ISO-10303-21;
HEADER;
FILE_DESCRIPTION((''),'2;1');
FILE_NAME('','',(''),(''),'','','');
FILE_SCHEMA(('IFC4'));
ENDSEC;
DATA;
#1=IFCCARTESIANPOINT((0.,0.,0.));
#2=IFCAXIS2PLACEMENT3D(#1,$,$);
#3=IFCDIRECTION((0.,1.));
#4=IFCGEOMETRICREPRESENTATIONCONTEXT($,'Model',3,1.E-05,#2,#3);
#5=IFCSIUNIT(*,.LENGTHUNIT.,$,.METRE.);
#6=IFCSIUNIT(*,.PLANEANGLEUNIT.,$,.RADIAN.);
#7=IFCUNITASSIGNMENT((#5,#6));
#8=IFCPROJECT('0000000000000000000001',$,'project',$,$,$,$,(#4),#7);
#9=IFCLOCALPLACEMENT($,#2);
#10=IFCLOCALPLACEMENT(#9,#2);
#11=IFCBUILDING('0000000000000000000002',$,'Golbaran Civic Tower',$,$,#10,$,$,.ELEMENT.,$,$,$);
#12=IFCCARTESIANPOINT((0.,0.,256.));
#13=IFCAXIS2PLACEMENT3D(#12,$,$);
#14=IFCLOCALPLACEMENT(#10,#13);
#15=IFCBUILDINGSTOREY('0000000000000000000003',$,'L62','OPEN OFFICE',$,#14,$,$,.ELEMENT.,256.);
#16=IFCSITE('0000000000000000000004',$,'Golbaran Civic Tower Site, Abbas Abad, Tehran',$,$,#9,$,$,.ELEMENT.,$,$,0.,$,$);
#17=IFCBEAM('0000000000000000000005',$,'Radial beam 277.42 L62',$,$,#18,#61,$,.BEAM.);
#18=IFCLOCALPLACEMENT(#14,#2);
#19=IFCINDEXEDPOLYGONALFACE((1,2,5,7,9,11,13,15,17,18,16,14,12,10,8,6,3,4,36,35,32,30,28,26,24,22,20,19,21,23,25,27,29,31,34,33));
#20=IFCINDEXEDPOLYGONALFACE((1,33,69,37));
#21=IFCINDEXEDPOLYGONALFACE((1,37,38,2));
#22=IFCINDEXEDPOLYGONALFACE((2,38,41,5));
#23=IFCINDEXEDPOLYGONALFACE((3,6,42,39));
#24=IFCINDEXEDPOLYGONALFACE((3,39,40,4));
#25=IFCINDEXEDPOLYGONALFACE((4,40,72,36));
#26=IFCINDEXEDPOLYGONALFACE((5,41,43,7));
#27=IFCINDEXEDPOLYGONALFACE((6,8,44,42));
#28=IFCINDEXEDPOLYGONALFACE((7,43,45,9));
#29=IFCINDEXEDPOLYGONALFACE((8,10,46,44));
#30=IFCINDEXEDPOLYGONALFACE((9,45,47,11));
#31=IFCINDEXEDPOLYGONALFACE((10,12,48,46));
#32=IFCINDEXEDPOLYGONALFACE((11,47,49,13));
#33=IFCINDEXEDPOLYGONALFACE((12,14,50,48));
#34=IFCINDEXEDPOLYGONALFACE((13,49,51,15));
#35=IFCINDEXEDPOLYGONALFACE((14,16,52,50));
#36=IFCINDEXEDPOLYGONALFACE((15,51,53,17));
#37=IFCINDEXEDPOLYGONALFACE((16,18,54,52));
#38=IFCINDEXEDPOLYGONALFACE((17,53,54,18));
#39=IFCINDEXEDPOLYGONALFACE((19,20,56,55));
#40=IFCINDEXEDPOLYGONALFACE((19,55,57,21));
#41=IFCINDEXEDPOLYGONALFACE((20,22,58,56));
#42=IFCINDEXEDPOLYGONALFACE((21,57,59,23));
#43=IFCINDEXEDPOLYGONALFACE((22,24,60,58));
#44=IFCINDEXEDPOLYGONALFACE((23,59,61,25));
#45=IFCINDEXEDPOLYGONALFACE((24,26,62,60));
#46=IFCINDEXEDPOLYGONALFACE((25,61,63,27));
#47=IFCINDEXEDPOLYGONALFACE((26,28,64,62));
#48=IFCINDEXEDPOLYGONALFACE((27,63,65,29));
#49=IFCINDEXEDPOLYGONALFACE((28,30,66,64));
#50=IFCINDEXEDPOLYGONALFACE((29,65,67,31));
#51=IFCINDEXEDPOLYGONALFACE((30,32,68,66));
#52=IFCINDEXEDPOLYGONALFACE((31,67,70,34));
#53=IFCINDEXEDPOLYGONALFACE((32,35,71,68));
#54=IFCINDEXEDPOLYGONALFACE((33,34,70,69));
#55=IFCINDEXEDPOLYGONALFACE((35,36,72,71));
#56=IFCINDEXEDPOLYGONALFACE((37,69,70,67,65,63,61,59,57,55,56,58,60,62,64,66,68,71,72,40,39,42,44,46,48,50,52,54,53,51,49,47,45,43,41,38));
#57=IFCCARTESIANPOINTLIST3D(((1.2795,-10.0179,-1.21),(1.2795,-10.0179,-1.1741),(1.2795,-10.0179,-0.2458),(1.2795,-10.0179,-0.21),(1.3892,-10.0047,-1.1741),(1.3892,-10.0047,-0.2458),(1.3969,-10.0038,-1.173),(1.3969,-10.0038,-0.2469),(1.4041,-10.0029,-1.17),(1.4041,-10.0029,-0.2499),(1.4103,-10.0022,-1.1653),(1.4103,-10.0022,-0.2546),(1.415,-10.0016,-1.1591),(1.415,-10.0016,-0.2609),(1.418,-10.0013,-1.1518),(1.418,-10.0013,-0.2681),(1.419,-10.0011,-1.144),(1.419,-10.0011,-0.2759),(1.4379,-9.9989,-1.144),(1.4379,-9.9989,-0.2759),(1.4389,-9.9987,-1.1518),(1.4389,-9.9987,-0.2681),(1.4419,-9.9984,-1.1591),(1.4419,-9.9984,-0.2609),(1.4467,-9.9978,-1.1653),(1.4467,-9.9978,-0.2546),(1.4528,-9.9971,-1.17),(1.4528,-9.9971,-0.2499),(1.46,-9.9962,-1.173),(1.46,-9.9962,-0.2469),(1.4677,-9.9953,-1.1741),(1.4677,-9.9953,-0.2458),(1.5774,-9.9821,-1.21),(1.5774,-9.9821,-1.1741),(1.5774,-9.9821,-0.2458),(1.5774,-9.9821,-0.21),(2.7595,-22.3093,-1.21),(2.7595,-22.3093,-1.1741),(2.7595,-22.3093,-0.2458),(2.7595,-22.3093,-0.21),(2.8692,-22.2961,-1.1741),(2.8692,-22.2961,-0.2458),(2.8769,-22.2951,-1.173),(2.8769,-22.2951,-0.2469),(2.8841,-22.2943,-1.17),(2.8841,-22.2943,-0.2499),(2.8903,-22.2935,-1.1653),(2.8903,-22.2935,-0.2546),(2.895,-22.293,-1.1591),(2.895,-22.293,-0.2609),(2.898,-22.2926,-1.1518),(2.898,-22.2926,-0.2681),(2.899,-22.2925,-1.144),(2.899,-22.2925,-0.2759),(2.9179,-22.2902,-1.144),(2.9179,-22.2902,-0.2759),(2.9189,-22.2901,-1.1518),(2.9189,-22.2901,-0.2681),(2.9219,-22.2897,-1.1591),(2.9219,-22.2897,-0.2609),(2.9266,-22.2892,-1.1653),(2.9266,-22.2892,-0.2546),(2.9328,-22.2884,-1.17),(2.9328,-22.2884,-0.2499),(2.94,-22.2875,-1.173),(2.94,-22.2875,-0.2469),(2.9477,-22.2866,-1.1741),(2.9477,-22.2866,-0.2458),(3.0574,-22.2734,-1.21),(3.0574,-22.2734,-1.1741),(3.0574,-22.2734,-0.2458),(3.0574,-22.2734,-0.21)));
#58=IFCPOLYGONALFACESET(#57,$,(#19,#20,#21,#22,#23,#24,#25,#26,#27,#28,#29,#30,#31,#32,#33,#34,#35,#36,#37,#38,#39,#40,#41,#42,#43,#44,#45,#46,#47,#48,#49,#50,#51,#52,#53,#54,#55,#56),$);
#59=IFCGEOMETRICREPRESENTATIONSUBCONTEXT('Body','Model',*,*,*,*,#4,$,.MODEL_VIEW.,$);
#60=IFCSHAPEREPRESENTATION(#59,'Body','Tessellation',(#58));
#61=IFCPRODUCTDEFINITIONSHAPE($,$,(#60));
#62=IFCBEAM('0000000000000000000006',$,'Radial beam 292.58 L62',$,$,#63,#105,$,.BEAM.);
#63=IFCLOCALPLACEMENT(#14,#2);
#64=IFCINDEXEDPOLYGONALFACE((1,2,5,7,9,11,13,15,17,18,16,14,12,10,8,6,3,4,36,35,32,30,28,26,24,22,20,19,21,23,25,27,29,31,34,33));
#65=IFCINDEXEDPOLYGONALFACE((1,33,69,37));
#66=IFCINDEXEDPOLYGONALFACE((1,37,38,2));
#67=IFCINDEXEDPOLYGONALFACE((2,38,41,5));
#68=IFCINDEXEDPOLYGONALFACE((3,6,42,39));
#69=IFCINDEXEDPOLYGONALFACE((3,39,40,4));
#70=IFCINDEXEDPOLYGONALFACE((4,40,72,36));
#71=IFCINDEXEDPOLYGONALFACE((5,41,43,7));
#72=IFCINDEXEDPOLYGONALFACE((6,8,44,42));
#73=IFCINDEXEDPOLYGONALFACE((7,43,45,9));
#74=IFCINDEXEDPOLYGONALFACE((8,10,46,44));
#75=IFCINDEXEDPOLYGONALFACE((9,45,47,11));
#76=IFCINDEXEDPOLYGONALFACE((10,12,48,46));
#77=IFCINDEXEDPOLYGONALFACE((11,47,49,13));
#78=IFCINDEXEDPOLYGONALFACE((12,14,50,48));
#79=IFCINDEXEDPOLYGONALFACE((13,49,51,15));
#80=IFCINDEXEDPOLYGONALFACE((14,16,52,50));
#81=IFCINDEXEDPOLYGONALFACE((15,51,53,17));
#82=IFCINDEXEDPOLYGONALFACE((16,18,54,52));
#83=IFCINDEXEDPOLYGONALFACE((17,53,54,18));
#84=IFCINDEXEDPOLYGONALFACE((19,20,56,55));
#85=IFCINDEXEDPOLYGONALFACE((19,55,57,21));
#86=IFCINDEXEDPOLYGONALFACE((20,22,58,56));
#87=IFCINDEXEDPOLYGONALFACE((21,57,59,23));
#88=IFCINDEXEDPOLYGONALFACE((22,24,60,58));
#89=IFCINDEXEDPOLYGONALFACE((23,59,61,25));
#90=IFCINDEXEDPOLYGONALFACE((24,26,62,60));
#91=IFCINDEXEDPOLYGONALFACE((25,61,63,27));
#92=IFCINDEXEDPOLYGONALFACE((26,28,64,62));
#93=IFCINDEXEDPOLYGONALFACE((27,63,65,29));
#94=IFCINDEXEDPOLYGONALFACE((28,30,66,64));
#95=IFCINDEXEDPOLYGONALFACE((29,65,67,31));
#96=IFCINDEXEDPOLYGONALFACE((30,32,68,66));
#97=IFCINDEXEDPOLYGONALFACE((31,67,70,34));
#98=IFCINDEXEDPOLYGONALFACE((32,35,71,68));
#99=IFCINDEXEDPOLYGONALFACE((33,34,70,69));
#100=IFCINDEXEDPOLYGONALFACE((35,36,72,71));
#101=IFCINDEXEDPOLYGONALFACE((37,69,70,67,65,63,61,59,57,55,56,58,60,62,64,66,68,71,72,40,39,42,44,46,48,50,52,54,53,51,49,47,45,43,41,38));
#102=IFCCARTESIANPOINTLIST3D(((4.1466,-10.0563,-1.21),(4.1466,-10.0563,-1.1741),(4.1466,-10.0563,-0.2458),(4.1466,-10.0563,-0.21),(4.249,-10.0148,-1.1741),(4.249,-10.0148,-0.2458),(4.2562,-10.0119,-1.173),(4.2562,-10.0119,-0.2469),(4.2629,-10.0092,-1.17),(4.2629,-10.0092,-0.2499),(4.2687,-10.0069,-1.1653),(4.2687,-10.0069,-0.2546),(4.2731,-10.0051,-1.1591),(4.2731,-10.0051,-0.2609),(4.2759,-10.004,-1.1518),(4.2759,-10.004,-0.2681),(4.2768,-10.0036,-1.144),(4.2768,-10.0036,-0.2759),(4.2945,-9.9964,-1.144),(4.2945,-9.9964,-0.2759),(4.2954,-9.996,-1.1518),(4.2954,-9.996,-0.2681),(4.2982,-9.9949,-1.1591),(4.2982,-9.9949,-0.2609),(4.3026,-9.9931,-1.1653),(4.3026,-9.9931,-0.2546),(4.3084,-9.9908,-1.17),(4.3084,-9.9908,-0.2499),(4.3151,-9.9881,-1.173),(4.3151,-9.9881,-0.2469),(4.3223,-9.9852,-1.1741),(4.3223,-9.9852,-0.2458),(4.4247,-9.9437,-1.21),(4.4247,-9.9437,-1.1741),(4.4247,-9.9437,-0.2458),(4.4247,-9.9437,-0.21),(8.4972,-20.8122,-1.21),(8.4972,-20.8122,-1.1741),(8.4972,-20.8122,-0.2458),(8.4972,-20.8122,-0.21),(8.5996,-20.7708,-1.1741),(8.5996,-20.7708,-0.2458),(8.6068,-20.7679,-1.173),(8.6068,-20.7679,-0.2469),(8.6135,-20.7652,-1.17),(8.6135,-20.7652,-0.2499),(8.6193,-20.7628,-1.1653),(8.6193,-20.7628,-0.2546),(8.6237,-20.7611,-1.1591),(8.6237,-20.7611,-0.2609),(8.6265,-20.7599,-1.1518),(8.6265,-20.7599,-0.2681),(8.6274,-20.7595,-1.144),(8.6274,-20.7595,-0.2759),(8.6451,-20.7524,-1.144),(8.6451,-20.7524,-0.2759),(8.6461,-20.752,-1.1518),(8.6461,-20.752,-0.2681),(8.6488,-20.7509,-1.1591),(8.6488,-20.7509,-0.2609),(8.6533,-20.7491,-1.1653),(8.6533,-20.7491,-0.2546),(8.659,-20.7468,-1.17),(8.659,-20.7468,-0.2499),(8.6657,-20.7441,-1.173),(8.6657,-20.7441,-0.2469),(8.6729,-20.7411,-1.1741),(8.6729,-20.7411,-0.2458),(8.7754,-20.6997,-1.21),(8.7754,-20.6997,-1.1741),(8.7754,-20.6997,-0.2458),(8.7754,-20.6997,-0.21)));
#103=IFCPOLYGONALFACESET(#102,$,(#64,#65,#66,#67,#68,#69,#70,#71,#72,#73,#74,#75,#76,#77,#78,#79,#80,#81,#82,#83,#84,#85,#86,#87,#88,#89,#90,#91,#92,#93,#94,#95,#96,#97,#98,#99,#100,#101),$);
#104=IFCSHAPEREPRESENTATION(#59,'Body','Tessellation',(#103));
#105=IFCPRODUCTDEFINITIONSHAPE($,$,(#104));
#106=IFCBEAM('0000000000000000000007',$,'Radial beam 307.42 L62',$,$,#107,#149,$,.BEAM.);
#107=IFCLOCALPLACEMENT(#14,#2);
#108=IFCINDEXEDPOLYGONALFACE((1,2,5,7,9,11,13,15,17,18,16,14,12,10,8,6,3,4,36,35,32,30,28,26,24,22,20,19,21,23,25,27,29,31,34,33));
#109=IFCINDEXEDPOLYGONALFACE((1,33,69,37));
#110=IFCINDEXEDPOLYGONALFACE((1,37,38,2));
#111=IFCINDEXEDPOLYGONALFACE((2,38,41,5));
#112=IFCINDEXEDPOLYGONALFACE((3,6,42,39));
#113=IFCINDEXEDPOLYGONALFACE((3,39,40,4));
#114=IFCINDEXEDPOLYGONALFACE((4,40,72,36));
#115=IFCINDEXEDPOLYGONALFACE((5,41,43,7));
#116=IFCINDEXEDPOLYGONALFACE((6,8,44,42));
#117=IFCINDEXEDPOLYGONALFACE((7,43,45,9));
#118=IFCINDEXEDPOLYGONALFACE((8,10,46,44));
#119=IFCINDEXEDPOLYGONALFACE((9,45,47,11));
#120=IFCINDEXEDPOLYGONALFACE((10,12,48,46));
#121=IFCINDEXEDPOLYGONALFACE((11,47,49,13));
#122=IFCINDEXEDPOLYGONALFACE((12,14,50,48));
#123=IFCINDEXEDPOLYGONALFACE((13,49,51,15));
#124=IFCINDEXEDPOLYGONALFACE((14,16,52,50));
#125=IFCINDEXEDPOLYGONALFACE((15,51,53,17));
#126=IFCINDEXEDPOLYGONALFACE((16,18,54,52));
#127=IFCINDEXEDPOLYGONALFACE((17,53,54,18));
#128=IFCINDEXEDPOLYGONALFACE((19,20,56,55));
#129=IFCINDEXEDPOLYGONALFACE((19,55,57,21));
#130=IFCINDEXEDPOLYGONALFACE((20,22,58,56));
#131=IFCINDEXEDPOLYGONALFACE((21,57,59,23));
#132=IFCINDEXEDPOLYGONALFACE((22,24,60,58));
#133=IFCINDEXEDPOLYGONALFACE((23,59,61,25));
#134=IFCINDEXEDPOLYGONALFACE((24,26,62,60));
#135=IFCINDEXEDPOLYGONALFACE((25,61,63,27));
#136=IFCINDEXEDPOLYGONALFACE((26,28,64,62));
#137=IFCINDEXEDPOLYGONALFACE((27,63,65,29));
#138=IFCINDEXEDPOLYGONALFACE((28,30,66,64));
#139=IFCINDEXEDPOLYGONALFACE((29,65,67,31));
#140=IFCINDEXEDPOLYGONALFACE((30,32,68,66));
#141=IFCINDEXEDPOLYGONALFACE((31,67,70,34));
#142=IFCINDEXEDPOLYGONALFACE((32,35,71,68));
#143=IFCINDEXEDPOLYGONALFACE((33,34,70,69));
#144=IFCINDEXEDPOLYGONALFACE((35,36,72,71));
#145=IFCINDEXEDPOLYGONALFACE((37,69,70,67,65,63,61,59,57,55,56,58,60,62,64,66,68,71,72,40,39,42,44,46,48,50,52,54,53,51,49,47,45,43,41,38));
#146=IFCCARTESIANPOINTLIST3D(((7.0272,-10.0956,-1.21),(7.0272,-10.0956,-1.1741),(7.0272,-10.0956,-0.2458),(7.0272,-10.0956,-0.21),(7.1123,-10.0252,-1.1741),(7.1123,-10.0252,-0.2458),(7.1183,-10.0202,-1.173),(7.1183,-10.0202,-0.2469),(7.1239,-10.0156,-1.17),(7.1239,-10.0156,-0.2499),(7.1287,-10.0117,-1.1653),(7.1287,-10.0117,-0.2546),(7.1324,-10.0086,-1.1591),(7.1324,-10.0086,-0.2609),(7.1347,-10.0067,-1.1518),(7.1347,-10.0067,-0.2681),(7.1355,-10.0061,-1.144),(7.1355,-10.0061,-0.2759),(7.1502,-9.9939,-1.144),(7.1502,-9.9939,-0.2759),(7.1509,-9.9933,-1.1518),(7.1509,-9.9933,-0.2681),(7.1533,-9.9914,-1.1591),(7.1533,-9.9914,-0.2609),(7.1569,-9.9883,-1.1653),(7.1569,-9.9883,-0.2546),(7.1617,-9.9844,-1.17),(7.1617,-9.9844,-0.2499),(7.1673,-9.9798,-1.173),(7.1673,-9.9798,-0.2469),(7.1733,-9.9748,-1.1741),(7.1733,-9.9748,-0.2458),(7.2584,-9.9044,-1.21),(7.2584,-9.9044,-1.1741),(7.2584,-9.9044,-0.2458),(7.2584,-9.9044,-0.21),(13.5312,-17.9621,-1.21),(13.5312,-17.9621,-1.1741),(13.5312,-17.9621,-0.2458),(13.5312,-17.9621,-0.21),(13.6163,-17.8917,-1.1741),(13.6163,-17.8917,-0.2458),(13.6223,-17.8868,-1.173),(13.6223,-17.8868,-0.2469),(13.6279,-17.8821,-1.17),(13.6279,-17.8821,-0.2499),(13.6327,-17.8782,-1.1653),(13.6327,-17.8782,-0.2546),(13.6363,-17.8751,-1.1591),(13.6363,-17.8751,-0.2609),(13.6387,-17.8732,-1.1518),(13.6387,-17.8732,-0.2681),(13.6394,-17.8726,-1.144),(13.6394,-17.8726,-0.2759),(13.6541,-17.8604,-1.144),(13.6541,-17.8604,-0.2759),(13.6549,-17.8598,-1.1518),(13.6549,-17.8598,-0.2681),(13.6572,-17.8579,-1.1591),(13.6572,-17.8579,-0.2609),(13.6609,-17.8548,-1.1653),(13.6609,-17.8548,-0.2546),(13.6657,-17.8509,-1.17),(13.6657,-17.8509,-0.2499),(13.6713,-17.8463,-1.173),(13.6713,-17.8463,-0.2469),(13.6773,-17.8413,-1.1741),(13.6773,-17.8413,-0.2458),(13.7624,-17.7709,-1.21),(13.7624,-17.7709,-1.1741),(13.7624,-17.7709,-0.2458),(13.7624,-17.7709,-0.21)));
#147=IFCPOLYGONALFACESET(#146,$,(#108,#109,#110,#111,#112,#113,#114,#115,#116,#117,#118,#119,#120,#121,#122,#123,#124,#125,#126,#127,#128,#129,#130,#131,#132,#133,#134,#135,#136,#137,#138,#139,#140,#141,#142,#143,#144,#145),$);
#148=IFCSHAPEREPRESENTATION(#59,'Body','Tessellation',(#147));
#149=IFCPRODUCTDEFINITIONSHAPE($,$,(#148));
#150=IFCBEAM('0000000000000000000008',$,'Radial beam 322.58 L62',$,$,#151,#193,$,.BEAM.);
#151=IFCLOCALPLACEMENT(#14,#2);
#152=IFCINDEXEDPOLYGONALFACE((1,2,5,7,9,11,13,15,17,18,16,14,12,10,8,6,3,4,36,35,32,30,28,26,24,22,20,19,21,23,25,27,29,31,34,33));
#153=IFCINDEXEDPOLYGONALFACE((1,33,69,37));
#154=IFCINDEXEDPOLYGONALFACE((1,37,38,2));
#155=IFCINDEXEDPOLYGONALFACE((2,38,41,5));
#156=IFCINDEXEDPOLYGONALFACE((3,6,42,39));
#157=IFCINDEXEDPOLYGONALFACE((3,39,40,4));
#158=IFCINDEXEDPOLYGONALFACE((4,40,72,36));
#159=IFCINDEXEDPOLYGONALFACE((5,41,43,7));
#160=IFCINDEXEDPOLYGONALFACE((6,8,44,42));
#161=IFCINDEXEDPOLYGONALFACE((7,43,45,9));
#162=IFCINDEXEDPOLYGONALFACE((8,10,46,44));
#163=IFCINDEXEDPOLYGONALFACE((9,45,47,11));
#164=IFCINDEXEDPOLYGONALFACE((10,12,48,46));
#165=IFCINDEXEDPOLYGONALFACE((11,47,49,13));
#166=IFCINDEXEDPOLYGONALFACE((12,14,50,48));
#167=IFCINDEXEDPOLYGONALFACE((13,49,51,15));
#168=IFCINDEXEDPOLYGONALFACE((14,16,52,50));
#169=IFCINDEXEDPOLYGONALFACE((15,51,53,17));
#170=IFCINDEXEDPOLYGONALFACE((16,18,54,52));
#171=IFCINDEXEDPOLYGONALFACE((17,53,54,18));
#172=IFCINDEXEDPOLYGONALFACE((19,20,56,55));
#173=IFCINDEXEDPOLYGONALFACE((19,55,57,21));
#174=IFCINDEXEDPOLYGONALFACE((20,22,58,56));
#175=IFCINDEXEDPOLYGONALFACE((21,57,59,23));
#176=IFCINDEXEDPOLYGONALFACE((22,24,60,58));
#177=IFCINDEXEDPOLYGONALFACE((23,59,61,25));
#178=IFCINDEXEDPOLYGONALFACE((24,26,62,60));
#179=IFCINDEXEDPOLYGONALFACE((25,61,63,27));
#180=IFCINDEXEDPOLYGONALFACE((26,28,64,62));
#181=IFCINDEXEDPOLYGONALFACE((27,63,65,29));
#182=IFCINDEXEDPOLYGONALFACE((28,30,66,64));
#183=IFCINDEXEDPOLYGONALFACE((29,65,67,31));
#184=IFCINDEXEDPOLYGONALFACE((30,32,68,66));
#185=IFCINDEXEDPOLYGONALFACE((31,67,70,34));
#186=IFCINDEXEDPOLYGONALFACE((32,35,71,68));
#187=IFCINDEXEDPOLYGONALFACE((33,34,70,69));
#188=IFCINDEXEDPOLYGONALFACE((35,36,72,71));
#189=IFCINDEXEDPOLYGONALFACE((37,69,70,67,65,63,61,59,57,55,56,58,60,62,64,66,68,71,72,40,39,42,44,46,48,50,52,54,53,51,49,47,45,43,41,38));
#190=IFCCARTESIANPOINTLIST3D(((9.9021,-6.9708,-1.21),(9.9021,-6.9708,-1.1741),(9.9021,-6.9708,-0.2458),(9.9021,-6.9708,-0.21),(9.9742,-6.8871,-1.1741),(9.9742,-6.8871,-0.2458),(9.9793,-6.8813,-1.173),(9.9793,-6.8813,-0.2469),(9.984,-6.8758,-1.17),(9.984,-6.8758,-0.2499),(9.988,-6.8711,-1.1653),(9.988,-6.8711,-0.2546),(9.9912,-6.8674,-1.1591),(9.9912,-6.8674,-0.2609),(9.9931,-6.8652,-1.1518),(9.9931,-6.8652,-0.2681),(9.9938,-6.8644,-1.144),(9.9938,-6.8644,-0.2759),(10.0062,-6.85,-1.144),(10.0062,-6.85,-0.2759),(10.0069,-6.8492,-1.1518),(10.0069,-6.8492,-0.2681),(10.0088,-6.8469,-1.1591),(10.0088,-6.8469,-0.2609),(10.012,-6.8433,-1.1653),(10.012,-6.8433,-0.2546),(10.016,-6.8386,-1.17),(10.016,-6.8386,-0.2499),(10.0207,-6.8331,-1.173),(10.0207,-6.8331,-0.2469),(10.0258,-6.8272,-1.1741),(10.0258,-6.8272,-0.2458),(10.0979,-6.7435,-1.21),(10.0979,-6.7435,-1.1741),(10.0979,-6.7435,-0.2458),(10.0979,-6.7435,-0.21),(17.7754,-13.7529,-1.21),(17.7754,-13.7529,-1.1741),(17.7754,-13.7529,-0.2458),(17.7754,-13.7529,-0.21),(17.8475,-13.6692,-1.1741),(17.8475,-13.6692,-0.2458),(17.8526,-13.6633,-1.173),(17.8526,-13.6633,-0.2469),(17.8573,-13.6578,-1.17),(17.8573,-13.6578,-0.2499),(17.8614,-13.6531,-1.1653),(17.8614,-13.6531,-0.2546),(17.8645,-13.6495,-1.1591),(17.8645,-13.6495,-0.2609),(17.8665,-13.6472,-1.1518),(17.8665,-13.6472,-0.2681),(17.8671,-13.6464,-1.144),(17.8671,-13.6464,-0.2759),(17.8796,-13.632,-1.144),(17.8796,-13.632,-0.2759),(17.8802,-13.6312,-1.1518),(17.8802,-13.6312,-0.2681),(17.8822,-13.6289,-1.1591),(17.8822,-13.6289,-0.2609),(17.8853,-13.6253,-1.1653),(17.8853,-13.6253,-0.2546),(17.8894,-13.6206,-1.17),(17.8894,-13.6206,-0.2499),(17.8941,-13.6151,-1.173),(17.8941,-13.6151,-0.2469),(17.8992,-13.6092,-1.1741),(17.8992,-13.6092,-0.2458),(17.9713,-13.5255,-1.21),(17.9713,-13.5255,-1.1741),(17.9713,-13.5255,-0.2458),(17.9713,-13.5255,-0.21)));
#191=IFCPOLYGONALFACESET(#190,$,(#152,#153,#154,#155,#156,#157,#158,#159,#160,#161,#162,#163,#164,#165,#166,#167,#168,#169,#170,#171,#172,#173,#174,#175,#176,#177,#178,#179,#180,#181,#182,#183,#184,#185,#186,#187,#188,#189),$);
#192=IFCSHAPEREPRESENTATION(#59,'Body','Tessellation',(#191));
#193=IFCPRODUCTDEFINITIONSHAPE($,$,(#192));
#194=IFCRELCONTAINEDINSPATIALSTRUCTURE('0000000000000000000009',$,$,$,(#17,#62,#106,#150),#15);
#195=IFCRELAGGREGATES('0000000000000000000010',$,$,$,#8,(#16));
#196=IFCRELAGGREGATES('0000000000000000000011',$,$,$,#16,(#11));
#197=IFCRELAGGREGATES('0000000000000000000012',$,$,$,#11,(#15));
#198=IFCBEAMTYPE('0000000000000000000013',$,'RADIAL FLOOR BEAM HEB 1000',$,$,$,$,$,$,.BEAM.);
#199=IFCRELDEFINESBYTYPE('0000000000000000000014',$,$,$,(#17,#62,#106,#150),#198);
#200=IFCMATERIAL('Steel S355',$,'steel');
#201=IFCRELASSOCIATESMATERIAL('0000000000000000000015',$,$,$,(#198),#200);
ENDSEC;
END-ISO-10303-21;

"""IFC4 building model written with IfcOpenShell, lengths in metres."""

from ifc_helpers import new_model, si_unit, direction, frame, origin, origin_2d, place, context, subcontext, project, spatial, i_section, extrude, material, material_profile, profile_set, type_object, element, save


model = new_model("IFC4")

# Units and contexts
model_context = context("Model", 3, precision=1e-05, world=origin(), true_north=direction((0.0, 1.0)))
body_context = subcontext(model_context, "Body", "Model", "MODEL_VIEW")
ifc_project = project(units=[si_unit("LENGTHUNIT", "METRE"), si_unit("PLANEANGLEUNIT", "RADIAN")], contexts=[model_context])

# Site, building, storey
site_placement = place(None, origin())
site = spatial("IfcSite", under=ifc_project, at=site_placement, Name="Golbaran Civic Tower Site, Abbas Abad, Tehran", CompositionType="ELEMENT", RefElevation=0.0)
building_placement = place(site_placement, origin())
building = spatial("IfcBuilding", under=site, at=building_placement, Name="Golbaran Civic Tower", CompositionType="ELEMENT")
storey_placement = place(building_placement, frame((0.0, 0.0, 256.0)))
storey = spatial("IfcBuildingStorey", under=building, at=storey_placement, Name="L62", Description="OPEN OFFICE", CompositionType="ELEMENT", Elevation=256.0)

# Beams
ifc_material_1 = material(Name="Steel S355", Category="steel")
ifc_material_profile = material_profile(ifc_material_1, i_section(OverallWidth=0.3, OverallDepth=1.0, WebThickness=0.019, FlangeThickness=0.0359, FilletRadius=0.03, at=origin_2d()), Name="HEB 1000")
ifc_profile_set = profile_set([ifc_material_profile], Name="Steel S355")
beam_type = type_object("IfcBeamType", Name="RADIAL FLOOR BEAM HEB 1000", PredefinedType="BEAM", material=ifc_profile_set)
beam_1_placement = place(storey_placement, frame((1.4285, -10.0, -0.71), z_axis=(0.119546, -0.992829, 0.0), x_axis=(0.992829, 0.119546, 0.0)))
element("IfcBeam", 1, at=beam_1_placement, inside=storey, type_object=beam_type, Name="Radial beam 277.42 L62", PredefinedType="BEAM", context=body_context, shape_type="SweptSolid", body=[
    extrude(i_section(OverallWidth=0.3, OverallDepth=1.0, WebThickness=0.019, FlangeThickness=0.0359, FilletRadius=0.03, at=origin_2d()), origin(), (0.0, 0.0, 1.0), 12.3801),
])
beam_2_placement = place(storey_placement, frame((4.2856, -10.0, -0.71), z_axis=(0.374972, -0.927036, 0.0), x_axis=(0.927036, 0.374972, 0.0)))
element("IfcBeam", 2, at=beam_2_placement, inside=storey, type_object=beam_type, Name="Radial beam 292.58 L62", PredefinedType="BEAM", context=body_context, shape_type="SweptSolid", body=[
    extrude(i_section(OverallWidth=0.3, OverallDepth=1.0, WebThickness=0.019, FlangeThickness=0.0359, FilletRadius=0.03, at=origin_2d()), origin(), (0.0, 0.0, 1.0), 11.6025),
])
beam_3_placement = place(storey_placement, frame((7.1428, -10.0, -0.71), z_axis=(0.637203, -0.770696, 0.0), x_axis=(0.770696, 0.637203, 0.0)))
element("IfcBeam", 3, at=beam_3_placement, inside=storey, type_object=beam_type, Name="Radial beam 307.42 L62", PredefinedType="BEAM", context=body_context, shape_type="SweptSolid", body=[
    extrude(i_section(OverallWidth=0.3, OverallDepth=1.0, WebThickness=0.019, FlangeThickness=0.0359, FilletRadius=0.03, at=origin_2d()), origin(), (0.0, 0.0, 1.0), 10.207),
])
beam_4_placement = place(storey_placement, frame((10.0, -6.8572, -0.71), z_axis=(0.757664, -0.652645, 0.0), x_axis=(0.652645, 0.757664, 0.0)))
element("IfcBeam", 4, at=beam_4_placement, inside=storey, type_object=beam_type, Name="Radial beam 322.58 L62", PredefinedType="BEAM", context=body_context, shape_type="SweptSolid", body=[
    extrude(i_section(OverallWidth=0.3, OverallDepth=1.0, WebThickness=0.019, FlangeThickness=0.0359, FilletRadius=0.03, at=origin_2d()), origin(), (0.0, 0.0, 1.0), 10.3916),
])

save(model, "model.ifc")
